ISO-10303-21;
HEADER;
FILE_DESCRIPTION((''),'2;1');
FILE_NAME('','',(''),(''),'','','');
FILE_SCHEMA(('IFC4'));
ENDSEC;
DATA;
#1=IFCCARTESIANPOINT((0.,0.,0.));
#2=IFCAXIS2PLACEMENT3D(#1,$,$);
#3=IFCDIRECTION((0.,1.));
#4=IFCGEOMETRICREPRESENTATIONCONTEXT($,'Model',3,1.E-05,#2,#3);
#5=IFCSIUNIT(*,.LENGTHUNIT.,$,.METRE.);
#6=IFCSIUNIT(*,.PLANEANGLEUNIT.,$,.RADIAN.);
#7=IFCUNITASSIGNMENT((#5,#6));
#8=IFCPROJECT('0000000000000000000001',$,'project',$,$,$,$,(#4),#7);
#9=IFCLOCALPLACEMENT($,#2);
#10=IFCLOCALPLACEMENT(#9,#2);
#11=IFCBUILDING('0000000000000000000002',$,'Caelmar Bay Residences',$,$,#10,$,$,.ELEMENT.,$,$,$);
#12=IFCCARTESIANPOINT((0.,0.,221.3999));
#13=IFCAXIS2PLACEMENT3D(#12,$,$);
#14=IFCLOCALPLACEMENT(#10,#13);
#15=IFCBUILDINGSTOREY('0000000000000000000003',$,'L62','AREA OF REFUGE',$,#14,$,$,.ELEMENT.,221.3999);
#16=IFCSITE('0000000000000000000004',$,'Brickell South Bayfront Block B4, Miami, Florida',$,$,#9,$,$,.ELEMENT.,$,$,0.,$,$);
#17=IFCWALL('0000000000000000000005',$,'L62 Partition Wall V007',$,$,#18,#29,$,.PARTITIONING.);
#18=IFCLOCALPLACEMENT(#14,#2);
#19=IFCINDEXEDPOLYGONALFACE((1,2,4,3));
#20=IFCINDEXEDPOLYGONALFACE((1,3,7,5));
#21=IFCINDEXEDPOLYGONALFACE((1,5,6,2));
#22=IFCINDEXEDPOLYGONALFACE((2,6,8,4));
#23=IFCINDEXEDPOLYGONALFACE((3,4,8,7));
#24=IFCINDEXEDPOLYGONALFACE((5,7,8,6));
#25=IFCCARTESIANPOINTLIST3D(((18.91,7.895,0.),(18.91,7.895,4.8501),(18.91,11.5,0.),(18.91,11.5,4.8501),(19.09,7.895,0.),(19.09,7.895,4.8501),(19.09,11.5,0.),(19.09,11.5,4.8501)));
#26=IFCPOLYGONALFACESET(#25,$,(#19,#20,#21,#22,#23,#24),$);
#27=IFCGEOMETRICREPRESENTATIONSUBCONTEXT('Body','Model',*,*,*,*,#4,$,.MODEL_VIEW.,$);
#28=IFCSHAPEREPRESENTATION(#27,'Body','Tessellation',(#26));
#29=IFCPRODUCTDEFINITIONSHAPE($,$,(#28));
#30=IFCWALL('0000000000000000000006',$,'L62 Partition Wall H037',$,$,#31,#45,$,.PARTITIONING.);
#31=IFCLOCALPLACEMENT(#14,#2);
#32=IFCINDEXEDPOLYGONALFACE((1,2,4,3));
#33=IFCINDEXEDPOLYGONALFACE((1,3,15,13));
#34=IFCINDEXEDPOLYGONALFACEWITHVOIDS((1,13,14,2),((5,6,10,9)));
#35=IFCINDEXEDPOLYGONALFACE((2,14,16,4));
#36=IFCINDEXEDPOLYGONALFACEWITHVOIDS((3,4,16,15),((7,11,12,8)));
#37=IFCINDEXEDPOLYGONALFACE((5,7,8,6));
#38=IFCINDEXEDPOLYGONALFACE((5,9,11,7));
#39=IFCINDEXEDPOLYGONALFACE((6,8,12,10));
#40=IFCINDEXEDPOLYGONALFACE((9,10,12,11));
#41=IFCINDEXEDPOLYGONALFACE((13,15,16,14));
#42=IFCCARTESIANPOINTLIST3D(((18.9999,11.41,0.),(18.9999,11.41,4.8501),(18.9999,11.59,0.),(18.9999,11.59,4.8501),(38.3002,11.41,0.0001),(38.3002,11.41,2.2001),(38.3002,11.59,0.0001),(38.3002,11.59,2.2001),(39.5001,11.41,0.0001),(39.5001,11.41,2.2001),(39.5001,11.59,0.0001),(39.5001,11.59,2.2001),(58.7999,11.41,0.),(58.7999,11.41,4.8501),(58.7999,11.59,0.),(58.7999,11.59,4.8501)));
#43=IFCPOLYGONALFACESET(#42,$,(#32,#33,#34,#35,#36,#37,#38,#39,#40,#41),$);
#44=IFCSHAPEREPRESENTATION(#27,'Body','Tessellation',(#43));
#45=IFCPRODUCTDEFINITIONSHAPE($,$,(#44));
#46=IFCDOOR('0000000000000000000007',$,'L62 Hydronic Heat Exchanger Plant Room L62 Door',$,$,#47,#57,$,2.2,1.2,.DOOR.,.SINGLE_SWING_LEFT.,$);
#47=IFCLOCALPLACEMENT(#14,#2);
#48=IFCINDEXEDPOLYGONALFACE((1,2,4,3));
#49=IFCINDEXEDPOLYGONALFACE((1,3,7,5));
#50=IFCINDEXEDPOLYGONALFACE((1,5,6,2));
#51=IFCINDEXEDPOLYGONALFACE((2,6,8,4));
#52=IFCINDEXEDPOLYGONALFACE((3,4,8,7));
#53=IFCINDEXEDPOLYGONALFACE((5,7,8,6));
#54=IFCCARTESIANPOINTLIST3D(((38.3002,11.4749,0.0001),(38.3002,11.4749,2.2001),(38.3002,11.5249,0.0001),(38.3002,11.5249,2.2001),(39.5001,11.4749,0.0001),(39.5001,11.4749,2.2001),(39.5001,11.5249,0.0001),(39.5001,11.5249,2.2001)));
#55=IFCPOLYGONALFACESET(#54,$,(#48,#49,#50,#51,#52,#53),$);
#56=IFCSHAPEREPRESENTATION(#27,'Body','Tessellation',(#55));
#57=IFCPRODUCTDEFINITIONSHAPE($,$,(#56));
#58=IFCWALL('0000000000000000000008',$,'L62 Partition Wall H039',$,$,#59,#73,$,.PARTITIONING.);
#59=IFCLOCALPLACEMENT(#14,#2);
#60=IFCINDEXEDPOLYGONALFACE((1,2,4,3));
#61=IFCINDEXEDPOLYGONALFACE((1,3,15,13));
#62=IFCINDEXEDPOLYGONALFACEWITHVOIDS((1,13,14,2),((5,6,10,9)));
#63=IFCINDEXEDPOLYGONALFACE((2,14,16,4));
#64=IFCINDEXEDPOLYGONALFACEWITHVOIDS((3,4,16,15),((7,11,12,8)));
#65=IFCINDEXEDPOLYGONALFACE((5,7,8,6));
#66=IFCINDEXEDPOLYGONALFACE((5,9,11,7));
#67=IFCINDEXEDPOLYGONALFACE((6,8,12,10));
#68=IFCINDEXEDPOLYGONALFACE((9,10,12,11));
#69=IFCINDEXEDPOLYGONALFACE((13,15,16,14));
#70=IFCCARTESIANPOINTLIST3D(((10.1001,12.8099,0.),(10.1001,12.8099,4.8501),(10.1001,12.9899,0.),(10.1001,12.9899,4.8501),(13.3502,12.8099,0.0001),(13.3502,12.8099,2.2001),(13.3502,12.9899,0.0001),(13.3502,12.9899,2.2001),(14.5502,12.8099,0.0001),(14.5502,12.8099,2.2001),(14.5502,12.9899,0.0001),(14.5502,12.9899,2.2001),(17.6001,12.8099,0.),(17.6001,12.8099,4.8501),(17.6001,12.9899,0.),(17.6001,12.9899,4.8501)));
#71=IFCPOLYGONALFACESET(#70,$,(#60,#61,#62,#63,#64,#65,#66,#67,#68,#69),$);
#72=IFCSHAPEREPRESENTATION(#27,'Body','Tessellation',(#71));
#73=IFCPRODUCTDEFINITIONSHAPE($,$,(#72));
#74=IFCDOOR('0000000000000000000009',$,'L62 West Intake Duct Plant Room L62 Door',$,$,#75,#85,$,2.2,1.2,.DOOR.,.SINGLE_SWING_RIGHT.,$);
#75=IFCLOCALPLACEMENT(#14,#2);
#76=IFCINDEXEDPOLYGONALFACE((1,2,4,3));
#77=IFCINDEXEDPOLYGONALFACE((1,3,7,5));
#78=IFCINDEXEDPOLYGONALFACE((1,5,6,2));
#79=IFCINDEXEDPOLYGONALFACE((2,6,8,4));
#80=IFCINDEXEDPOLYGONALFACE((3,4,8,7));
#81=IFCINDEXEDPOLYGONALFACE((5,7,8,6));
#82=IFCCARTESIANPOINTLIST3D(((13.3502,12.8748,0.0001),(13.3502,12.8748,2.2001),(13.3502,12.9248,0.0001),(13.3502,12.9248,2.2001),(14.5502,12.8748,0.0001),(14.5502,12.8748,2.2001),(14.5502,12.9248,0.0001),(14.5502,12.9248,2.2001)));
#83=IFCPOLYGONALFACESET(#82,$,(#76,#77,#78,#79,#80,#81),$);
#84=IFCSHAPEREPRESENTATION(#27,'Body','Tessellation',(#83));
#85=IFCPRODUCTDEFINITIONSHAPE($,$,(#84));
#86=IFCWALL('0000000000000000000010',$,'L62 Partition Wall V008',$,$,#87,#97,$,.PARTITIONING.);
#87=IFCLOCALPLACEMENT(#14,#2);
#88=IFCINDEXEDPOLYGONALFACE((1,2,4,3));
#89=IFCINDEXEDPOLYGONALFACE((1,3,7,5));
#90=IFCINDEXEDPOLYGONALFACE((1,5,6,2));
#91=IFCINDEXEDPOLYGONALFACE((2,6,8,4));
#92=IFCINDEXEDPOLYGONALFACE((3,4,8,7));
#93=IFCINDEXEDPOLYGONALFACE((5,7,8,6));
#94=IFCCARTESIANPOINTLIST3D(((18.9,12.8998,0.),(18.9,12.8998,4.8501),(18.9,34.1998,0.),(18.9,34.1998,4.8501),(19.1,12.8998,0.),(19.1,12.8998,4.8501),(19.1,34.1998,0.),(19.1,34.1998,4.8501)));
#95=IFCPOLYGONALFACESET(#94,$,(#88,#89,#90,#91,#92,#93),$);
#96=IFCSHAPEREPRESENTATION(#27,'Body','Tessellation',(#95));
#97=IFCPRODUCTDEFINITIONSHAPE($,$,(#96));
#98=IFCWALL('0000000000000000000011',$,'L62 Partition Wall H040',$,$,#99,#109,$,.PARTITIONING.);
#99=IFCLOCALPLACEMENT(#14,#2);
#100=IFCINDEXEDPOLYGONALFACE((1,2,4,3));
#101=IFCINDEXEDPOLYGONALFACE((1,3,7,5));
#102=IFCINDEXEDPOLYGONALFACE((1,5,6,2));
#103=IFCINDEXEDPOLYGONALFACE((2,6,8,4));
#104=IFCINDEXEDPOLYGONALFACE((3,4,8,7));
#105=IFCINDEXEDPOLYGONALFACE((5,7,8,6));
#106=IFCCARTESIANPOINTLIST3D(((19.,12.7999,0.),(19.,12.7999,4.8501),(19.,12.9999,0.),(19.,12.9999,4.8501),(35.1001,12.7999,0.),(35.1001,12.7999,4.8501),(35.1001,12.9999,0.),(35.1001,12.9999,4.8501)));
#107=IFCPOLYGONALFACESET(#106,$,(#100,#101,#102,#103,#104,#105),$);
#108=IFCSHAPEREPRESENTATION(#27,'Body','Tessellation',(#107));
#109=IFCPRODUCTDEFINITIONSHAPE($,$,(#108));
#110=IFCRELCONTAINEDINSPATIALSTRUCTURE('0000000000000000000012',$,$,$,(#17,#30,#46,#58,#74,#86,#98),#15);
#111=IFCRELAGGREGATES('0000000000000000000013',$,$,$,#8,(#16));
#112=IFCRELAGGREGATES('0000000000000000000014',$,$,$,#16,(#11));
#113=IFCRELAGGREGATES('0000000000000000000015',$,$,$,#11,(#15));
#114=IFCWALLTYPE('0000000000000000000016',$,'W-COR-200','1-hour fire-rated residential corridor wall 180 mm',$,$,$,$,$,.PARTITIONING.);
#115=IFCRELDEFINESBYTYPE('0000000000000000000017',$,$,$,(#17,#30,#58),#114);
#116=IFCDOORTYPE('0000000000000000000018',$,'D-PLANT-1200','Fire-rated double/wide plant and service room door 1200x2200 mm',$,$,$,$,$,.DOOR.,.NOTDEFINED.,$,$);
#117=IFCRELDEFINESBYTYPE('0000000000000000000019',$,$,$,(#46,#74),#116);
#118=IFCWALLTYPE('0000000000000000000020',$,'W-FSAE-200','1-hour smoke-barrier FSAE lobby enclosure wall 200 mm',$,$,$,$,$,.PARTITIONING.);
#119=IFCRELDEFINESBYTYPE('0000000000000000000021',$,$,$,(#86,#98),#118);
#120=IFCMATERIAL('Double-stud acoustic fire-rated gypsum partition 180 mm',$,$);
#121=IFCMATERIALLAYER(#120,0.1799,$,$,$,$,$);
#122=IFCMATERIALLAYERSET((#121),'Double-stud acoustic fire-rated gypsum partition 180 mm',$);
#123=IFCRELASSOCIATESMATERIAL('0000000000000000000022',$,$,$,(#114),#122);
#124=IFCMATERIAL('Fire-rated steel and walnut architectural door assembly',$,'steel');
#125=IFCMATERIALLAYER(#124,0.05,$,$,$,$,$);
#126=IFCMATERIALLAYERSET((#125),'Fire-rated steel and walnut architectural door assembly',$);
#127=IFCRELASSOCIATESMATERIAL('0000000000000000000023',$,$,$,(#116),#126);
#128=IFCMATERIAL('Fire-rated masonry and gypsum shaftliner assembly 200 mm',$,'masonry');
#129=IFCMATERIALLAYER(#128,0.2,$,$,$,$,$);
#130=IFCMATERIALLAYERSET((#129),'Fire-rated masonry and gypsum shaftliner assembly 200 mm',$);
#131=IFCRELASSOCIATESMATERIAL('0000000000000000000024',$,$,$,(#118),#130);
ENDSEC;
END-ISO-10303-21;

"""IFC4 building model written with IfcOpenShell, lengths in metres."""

from ifc_helpers import new_model, si_unit, direction, frame, frame_2d, origin, place, context, subcontext, project, spatial, rectangle, extrude, material, layer, layer_set, type_object, element, fill, save


model = new_model("IFC4")

# Units and contexts
model_context = context("Model", 3, precision=1e-05, world=origin(), true_north=direction((0.0, 1.0)))
body_context = subcontext(model_context, "Body", "Model", "MODEL_VIEW")
ifc_project = project(units=[si_unit("LENGTHUNIT", "METRE"), si_unit("PLANEANGLEUNIT", "RADIAN")], contexts=[model_context])

# Site, building, storey
site_placement = place(None, origin())
site = spatial("IfcSite", under=ifc_project, at=site_placement, Name="Brickell South Bayfront Block B4, Miami, Florida", CompositionType="ELEMENT", RefElevation=0.0)
building_placement = place(site_placement, origin())
building = spatial("IfcBuilding", under=site, at=building_placement, Name="Caelmar Bay Residences", CompositionType="ELEMENT")
storey_placement = place(building_placement, frame((0.0, 0.0, 221.3999)))
storey = spatial("IfcBuildingStorey", under=building, at=storey_placement, Name="L62", Description="AREA OF REFUGE", CompositionType="ELEMENT", Elevation=221.3999)

# Wall
ifc_material_1 = material(Name="Double-stud acoustic fire-rated gypsum partition 180 mm")
ifc_layer_1 = layer(ifc_material_1, 0.1799)
ifc_layer_set_1 = layer_set([ifc_layer_1], Name="Double-stud acoustic fire-rated gypsum partition 180 mm")
wall_type_1 = type_object("IfcWallType", Name="W-COR-200", Description="1-hour fire-rated residential corridor wall 180 mm", PredefinedType="PARTITIONING", material=ifc_layer_set_1)
wall_1_placement = place(storey_placement, frame((19.0, 7.895, 0.0), z_axis=(0.0, 0.0, 1.0), x_axis=(0.0, 1.0, 0.0)))
element("IfcWall", 1, at=wall_1_placement, inside=storey, type_object=wall_type_1, Name="L62 Partition Wall V007", PredefinedType="PARTITIONING", context=body_context, shape_type="SweptSolid", body=[
    extrude(rectangle(XDim=3.605, YDim=0.1799, at=frame_2d((1.8025, 0.0))), origin(), (0.0, 0.0, 1.0), 4.8501),
])

# Walls, openings, doors
wall_2_placement = place(storey_placement, frame((19.0, 11.5, 0.0), z_axis=(0.0, 0.0, 1.0), x_axis=(1.0, 0.0, 0.0)))
wall_2 = element("IfcWall", 2, at=wall_2_placement, inside=storey, type_object=wall_type_1, Name="L62 Partition Wall H037", PredefinedType="PARTITIONING", context=body_context, shape_type="SweptSolid", body=[
    extrude(rectangle(XDim=39.8, YDim=0.1799, at=frame_2d((19.8999, 0.0))), origin(), (0.0, 0.0, 1.0), 4.8501),
])
opening_1_placement = place(wall_2_placement, frame((19.3, 0.0, 0.0)))
opening_1 = element("IfcOpeningElement", 3, at=opening_1_placement, cuts=wall_2, PredefinedType="OPENING", context=body_context, shape_type="SweptSolid", body=[
    extrude(rectangle(XDim=1.2, YDim=2.2, at=frame_2d((0.6001, 1.1001))), frame((0.0, 0.0999, 0.0), z_axis=(0.0, -1.0, 0.0), x_axis=(1.0, 0.0, 0.0)), (0.0, 0.0, 1.0), 0.2),
])
ifc_material_2 = material(Name="Fire-rated steel and walnut architectural door assembly", Category="steel")
ifc_layer_2 = layer(ifc_material_2, 0.05)
ifc_layer_set_2 = layer_set([ifc_layer_2], Name="Fire-rated steel and walnut architectural door assembly")
door_type = type_object("IfcDoorType", Name="D-PLANT-1200", Description="Fire-rated double/wide plant and service room door 1200x2200 mm", OperationType="NOTDEFINED", PredefinedType="DOOR", material=ifc_layer_set_2)
door_1_placement = place(opening_1_placement, origin())
door_1 = element("IfcDoor", 4, at=door_1_placement, inside=storey, type_object=door_type, Name="L62 Hydronic Heat Exchanger Plant Room L62 Door", OperationType="SINGLE_SWING_LEFT", OverallHeight=2.2, OverallWidth=1.2, PredefinedType="DOOR", context=body_context, shape_type="SweptSolid", body=[
    extrude(rectangle(XDim=1.2, YDim=2.2, at=frame_2d((0.6001, 1.1001))), frame((0.0, 0.0249, 0.0), z_axis=(0.0, -1.0, 0.0), x_axis=(1.0, 0.0, 0.0)), (0.0, 0.0, 1.0), 0.05),
])
fill(opening_1, door_1)
wall_3_placement = place(storey_placement, frame((10.1001, 12.8999, 0.0), z_axis=(0.0, 0.0, 1.0), x_axis=(1.0, 0.0, 0.0)))
wall_3 = element("IfcWall", 5, at=wall_3_placement, inside=storey, type_object=wall_type_1, Name="L62 Partition Wall H039", PredefinedType="PARTITIONING", context=body_context, shape_type="SweptSolid", body=[
    extrude(rectangle(XDim=7.5, YDim=0.1799, at=frame_2d((3.75, 0.0))), origin(), (0.0, 0.0, 1.0), 4.8501),
])
opening_2_placement = place(wall_3_placement, frame((3.25, 0.0, 0.0)))
opening_2 = element("IfcOpeningElement", 6, at=opening_2_placement, cuts=wall_3, PredefinedType="OPENING", context=body_context, shape_type="SweptSolid", body=[
    extrude(rectangle(XDim=1.2, YDim=2.2, at=frame_2d((0.6001, 1.1001))), frame((0.0, 0.0999, 0.0), z_axis=(0.0, -1.0, 0.0), x_axis=(1.0, 0.0, 0.0)), (0.0, 0.0, 1.0), 0.2),
])
door_2_placement = place(opening_2_placement, origin())
door_2 = element("IfcDoor", 7, at=door_2_placement, inside=storey, type_object=door_type, Name="L62 West Intake Duct Plant Room L62 Door", OperationType="SINGLE_SWING_RIGHT", OverallHeight=2.2, OverallWidth=1.2, PredefinedType="DOOR", context=body_context, shape_type="SweptSolid", body=[
    extrude(rectangle(XDim=1.2, YDim=2.2, at=frame_2d((0.6001, 1.1001))), frame((0.0, 0.0249, 0.0), z_axis=(0.0, -1.0, 0.0), x_axis=(1.0, 0.0, 0.0)), (0.0, 0.0, 1.0), 0.05),
])
fill(opening_2, door_2)

# Walls
ifc_material_3 = material(Name="Fire-rated masonry and gypsum shaftliner assembly 200 mm", Category="masonry")
ifc_layer_3 = layer(ifc_material_3, 0.2)
ifc_layer_set_3 = layer_set([ifc_layer_3], Name="Fire-rated masonry and gypsum shaftliner assembly 200 mm")
wall_type_2 = type_object("IfcWallType", Name="W-FSAE-200", Description="1-hour smoke-barrier FSAE lobby enclosure wall 200 mm", PredefinedType="PARTITIONING", material=ifc_layer_set_3)
wall_4_placement = place(storey_placement, frame((19.0, 12.8999, 0.0), z_axis=(0.0, 0.0, 1.0), x_axis=(0.0, 1.0, 0.0)))
element("IfcWall", 8, at=wall_4_placement, inside=storey, type_object=wall_type_2, Name="L62 Partition Wall V008", PredefinedType="PARTITIONING", context=body_context, shape_type="SweptSolid", body=[
    extrude(rectangle(XDim=21.3, YDim=0.2, at=frame_2d((10.6499, 0.0))), origin(), (0.0, 0.0, 1.0), 4.8501),
])
wall_5_placement = place(storey_placement, frame((19.0, 12.8999, 0.0), z_axis=(0.0, 0.0, 1.0), x_axis=(1.0, 0.0, 0.0)))
element("IfcWall", 9, at=wall_5_placement, inside=storey, type_object=wall_type_2, Name="L62 Partition Wall H040", PredefinedType="PARTITIONING", context=body_context, shape_type="SweptSolid", body=[
    extrude(rectangle(XDim=16.1001, YDim=0.2, at=frame_2d((8.05, 0.0))), origin(), (0.0, 0.0, 1.0), 4.8501),
])

save(model, "model.ifc")
